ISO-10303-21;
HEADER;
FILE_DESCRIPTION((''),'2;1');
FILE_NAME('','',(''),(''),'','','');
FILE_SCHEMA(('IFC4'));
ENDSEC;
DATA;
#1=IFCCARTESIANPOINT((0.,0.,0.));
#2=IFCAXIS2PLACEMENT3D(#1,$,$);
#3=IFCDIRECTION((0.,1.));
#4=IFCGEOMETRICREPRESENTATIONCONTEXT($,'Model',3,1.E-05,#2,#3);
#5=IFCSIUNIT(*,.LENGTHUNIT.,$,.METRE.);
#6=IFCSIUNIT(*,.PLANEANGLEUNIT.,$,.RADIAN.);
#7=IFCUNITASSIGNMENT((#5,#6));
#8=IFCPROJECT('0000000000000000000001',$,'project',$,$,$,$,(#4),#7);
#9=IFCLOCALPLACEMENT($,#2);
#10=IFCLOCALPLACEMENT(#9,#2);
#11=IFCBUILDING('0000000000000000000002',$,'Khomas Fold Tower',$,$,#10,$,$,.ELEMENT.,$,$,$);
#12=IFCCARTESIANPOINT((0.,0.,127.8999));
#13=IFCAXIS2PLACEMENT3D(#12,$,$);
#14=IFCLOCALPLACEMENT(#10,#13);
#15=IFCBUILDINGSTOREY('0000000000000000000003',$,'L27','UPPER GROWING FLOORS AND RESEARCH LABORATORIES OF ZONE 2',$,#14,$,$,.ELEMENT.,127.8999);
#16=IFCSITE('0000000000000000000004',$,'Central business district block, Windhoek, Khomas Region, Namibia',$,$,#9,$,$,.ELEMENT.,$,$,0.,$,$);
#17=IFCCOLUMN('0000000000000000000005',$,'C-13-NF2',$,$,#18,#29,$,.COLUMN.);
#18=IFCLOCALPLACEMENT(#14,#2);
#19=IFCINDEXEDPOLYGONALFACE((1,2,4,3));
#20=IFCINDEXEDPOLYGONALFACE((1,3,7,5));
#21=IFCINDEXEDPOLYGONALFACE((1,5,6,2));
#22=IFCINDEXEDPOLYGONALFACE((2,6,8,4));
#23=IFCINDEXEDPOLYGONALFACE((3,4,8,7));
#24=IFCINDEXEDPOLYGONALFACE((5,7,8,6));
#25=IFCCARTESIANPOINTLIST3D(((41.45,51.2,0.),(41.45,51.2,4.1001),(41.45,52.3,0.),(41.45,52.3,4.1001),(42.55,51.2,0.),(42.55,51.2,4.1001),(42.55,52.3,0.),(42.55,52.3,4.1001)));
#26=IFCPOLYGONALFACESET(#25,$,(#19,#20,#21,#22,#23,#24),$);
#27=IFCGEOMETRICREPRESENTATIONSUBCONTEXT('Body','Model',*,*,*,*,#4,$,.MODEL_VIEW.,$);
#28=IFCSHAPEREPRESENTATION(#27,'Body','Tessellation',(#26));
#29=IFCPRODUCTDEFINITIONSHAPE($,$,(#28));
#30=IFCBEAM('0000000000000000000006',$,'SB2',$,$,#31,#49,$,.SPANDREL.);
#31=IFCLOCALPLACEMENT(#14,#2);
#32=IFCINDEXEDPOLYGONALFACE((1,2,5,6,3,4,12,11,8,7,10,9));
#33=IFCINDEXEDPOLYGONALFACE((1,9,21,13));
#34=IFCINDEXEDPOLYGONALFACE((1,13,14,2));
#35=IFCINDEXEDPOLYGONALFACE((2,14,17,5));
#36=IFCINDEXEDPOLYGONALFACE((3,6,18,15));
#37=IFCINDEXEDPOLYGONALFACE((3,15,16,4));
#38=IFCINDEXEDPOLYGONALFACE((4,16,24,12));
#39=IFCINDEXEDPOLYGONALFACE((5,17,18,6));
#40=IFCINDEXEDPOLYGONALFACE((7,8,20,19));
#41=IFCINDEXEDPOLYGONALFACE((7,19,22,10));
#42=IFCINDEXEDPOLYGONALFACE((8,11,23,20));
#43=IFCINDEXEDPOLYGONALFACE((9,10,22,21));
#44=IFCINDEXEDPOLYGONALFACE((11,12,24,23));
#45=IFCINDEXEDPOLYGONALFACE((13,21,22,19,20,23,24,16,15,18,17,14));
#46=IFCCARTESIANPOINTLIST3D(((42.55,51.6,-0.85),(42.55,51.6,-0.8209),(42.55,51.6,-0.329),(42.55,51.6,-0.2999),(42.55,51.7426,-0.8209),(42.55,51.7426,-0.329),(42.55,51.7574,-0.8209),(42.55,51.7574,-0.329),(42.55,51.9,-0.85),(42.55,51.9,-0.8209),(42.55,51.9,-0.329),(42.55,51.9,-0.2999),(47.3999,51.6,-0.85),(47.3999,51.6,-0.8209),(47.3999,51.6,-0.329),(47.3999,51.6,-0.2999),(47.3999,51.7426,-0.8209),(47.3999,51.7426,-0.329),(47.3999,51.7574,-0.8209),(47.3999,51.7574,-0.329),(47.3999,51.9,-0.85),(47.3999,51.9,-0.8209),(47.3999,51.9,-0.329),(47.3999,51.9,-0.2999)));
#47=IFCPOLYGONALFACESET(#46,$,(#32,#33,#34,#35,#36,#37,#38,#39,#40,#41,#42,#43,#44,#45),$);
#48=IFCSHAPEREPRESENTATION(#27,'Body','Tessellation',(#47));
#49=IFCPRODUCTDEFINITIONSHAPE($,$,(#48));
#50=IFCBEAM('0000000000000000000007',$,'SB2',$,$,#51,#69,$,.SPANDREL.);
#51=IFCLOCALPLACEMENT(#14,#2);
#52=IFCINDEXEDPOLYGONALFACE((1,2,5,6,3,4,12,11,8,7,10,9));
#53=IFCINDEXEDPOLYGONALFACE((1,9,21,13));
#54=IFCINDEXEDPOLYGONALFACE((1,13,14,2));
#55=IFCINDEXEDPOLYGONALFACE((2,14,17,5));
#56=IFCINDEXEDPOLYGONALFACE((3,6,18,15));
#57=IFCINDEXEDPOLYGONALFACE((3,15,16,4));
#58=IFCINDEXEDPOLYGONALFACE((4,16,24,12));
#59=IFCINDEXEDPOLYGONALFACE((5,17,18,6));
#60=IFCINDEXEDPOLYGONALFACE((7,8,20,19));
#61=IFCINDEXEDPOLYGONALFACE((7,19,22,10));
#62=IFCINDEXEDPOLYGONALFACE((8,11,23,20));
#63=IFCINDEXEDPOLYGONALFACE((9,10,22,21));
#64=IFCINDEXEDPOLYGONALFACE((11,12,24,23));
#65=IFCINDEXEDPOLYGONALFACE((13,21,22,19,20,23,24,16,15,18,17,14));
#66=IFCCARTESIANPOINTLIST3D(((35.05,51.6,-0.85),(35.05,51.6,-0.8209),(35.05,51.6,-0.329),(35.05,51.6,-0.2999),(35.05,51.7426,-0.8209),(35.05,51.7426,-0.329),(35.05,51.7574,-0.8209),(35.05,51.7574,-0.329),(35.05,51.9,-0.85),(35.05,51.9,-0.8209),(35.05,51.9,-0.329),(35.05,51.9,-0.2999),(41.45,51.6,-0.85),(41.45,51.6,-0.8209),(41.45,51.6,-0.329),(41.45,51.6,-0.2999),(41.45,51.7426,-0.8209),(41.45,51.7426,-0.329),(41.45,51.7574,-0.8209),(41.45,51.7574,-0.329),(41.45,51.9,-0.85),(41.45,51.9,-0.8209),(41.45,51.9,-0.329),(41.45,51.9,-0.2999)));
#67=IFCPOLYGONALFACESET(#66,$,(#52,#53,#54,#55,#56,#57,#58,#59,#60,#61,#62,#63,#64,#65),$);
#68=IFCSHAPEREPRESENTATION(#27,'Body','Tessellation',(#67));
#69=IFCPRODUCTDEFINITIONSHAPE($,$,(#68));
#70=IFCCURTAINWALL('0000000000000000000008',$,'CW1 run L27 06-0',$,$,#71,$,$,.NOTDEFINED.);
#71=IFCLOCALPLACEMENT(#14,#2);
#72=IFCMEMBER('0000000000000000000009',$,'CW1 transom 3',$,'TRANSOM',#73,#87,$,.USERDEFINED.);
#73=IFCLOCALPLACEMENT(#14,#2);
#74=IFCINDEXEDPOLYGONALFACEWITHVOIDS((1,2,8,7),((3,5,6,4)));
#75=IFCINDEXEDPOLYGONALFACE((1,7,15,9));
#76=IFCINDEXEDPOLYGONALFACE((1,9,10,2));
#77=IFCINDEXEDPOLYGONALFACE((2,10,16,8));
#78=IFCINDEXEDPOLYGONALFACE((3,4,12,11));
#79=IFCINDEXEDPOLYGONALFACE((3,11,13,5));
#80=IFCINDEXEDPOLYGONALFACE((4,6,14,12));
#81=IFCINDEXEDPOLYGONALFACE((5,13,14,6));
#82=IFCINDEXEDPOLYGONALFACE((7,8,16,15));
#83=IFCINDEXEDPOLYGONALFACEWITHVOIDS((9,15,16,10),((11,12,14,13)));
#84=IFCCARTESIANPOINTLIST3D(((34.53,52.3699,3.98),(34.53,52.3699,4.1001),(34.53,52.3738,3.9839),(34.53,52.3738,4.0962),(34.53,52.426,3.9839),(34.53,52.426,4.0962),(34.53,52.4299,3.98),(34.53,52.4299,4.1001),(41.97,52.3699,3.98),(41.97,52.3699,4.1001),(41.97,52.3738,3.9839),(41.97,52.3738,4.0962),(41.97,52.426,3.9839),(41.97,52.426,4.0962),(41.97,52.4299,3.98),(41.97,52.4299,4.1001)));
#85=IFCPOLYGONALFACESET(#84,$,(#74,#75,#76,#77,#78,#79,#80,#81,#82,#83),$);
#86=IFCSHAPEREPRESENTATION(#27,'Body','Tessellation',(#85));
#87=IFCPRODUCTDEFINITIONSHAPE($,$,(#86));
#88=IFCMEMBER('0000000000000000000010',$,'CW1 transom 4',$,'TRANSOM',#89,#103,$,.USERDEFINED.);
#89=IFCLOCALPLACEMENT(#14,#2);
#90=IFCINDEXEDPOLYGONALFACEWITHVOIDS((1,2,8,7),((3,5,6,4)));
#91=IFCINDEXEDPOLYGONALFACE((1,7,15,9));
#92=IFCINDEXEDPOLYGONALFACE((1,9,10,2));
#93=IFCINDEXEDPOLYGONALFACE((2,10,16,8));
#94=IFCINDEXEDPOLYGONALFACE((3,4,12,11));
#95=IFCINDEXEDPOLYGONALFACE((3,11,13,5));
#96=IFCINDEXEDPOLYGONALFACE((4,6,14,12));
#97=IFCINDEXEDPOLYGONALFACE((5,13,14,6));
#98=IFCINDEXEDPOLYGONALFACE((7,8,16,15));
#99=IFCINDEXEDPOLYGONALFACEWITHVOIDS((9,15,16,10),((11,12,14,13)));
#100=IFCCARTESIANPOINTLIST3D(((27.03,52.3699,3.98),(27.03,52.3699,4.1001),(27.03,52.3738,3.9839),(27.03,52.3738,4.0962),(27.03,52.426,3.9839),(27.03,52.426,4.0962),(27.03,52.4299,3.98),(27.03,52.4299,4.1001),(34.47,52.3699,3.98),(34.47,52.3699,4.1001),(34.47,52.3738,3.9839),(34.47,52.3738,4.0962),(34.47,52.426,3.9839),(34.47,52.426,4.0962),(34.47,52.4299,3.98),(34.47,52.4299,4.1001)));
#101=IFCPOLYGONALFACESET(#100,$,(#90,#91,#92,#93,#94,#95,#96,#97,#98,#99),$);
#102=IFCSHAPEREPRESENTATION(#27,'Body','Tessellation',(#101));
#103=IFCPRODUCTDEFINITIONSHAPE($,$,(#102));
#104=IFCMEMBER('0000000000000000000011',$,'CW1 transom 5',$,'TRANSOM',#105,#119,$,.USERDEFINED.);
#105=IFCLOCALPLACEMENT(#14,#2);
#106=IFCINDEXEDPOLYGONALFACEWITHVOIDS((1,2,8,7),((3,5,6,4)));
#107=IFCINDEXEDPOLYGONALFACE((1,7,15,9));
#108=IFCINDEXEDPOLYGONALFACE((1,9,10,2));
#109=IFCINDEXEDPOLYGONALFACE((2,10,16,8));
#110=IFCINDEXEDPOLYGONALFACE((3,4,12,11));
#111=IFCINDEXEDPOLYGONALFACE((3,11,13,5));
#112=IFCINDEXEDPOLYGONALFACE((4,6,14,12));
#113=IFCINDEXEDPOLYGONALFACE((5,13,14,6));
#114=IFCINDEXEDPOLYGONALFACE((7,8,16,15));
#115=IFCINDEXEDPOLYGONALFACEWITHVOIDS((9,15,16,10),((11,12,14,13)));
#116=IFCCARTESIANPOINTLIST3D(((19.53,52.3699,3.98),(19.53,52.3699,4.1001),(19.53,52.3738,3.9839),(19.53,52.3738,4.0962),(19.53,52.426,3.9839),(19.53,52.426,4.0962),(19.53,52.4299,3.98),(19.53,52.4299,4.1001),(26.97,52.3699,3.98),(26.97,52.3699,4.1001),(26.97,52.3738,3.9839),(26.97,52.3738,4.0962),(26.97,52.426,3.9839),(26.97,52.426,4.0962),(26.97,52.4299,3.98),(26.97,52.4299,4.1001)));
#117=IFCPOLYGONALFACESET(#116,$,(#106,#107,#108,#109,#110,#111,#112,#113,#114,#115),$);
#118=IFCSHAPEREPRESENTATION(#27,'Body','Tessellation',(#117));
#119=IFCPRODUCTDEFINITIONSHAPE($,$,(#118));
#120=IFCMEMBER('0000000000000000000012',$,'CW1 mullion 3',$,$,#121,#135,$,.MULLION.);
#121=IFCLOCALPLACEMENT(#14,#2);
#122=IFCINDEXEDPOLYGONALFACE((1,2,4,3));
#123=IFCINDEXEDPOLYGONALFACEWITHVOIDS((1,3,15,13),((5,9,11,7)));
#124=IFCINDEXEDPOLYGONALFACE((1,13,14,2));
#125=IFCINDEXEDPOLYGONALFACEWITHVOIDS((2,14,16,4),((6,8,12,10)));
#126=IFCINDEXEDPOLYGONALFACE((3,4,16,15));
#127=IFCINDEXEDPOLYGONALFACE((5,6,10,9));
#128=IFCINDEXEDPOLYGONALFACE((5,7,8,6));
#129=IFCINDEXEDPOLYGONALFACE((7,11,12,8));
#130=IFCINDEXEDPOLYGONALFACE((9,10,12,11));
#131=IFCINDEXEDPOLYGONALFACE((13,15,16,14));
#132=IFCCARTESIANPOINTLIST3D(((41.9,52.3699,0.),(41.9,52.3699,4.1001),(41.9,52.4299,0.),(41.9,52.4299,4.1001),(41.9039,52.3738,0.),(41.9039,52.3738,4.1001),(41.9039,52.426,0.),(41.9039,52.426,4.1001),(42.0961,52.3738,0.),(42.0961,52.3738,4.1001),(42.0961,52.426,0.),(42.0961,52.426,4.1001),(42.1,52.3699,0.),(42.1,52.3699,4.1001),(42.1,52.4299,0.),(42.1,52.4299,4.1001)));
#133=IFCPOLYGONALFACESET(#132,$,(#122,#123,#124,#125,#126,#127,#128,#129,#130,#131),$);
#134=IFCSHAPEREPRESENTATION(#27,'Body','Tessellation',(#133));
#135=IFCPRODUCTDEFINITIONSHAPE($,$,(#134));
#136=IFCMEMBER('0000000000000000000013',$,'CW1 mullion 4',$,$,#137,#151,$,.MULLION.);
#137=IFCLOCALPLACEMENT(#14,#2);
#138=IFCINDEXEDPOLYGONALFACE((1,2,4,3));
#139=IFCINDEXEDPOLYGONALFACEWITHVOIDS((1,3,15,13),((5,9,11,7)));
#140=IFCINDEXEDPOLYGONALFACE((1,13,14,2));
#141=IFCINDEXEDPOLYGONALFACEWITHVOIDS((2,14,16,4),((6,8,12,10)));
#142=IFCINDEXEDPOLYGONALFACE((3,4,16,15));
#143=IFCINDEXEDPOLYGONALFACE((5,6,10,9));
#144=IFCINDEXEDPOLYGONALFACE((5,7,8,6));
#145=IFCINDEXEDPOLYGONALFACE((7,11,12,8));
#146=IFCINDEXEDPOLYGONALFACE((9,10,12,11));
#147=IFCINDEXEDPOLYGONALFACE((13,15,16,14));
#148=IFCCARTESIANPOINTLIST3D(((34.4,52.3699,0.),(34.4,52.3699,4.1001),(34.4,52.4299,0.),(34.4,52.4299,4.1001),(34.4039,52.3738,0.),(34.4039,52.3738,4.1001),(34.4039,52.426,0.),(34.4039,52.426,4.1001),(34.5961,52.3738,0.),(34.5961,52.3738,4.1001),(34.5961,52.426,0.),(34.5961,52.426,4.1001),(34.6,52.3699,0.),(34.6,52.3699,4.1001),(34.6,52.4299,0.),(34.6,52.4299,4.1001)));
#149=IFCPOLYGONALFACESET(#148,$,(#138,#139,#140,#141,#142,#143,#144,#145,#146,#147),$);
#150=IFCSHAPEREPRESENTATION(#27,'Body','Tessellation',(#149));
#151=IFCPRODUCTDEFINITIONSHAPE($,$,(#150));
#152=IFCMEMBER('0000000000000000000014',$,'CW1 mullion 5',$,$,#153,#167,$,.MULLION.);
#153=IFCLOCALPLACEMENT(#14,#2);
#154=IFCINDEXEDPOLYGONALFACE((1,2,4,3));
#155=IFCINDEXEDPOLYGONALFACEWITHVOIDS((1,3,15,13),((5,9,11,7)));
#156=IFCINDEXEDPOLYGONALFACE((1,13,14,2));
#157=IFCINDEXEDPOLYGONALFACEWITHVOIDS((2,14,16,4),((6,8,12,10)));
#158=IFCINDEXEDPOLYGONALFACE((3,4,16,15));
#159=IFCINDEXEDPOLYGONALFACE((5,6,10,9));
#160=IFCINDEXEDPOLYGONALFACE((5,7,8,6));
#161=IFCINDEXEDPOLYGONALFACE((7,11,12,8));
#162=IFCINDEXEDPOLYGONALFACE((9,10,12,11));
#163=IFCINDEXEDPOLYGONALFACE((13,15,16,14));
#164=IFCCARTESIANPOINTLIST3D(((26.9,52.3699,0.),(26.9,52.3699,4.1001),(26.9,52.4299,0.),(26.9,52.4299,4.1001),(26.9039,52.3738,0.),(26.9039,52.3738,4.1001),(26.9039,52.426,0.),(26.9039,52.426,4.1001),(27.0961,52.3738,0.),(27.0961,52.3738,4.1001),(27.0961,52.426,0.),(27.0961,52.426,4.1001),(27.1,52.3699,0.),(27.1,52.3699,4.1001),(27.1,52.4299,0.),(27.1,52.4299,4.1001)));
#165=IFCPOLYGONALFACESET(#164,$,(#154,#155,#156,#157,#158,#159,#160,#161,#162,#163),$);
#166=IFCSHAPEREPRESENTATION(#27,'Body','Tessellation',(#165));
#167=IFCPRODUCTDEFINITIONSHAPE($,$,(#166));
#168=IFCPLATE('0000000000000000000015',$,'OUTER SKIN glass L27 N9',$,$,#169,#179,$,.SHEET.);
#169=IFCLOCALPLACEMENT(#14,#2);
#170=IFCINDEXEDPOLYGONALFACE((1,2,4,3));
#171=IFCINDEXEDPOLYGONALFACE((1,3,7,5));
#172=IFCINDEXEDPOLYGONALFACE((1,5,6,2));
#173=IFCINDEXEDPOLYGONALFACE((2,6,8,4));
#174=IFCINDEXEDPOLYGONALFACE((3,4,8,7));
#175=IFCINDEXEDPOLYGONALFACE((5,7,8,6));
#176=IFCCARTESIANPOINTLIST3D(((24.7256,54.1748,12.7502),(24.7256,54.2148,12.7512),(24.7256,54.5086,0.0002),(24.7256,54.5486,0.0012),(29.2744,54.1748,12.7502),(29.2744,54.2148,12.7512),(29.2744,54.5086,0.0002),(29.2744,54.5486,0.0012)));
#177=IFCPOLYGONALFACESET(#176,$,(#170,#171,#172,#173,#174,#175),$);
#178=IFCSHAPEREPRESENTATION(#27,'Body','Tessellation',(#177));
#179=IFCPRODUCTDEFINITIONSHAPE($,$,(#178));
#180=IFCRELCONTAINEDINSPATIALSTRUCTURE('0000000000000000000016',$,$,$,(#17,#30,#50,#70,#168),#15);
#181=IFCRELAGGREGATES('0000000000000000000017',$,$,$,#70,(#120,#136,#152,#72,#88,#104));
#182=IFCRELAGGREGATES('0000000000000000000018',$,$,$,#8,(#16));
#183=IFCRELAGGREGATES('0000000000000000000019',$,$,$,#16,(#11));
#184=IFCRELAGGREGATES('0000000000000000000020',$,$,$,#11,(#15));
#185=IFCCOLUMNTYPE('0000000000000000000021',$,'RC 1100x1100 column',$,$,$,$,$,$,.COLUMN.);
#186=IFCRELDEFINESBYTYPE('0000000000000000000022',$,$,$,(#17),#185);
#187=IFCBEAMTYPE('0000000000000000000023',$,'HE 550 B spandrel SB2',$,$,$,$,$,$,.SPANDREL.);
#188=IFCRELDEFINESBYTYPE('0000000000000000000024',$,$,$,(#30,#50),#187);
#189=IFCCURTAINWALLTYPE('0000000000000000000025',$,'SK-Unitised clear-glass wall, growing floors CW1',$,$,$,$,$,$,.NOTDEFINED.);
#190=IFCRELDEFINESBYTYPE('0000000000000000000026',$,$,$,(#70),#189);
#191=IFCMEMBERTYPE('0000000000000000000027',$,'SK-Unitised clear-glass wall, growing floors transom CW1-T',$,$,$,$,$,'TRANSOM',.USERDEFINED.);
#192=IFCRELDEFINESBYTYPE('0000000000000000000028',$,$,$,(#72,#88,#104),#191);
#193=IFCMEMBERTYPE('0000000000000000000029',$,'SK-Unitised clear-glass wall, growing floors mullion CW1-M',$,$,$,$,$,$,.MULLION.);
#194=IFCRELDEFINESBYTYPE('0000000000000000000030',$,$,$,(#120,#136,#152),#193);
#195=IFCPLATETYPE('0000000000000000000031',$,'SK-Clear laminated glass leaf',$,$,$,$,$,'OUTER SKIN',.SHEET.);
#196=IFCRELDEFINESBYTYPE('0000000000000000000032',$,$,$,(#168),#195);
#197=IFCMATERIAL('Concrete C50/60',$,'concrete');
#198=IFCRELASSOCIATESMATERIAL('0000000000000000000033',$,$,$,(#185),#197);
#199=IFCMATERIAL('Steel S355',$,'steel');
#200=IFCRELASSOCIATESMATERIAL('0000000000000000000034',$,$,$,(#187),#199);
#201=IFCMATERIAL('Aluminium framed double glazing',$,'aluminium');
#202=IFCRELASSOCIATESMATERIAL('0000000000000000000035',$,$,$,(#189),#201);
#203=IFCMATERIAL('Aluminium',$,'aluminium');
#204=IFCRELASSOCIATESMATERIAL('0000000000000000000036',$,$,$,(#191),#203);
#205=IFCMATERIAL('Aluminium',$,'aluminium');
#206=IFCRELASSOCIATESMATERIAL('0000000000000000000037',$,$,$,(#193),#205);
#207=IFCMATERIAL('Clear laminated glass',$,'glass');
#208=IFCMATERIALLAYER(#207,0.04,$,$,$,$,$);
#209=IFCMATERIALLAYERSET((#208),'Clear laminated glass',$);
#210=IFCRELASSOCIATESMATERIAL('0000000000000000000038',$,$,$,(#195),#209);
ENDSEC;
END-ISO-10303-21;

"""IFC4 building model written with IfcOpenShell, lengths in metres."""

from ifc_helpers import new_model, si_unit, direction, frame, origin, origin_2d, place, context, subcontext, project, spatial, polyline, rectangle, hollow_rectangle, i_section, outline, extrude, source, transform, mapped, material, layer, layer_set, material_profile, profile_set, type_object, element, aggregate, save


model = new_model("IFC4")

# Units and contexts
model_context = context("Model", 3, precision=1e-05, world=origin(), true_north=direction((0.0, 1.0)))
body_context = subcontext(model_context, "Body", "Model", "MODEL_VIEW")
ifc_project = project(units=[si_unit("LENGTHUNIT", "METRE"), si_unit("PLANEANGLEUNIT", "RADIAN")], contexts=[model_context])

# Site, building, storey
site_placement = place(None, origin())
site = spatial("IfcSite", under=ifc_project, at=site_placement, Name="Central business district block, Windhoek, Khomas Region, Namibia", CompositionType="ELEMENT", RefElevation=0.0)
building_placement = place(site_placement, origin())
building = spatial("IfcBuilding", under=site, at=building_placement, Name="Khomas Fold Tower", CompositionType="ELEMENT")
storey_placement = place(building_placement, frame((0.0, 0.0, 127.8999)))
storey = spatial("IfcBuildingStorey", under=building, at=storey_placement, Name="L27", Description="UPPER GROWING FLOORS AND RESEARCH LABORATORIES OF ZONE 2", CompositionType="ELEMENT", Elevation=127.8999)

# Column
ifc_material_1 = material(Name="Concrete C50/60", Category="concrete")
ifc_material_profile_1 = material_profile(ifc_material_1, rectangle(XDim=1.1001, YDim=1.1001, at=origin_2d()), Name="RC 1100x1100")
ifc_profile_set_1 = profile_set([ifc_material_profile_1], Name="Concrete C50/60")
column_type = type_object("IfcColumnType", Name="RC 1100x1100 column", PredefinedType="COLUMN", material=ifc_profile_set_1)
shared_shape_1 = source(origin(), body_context, "Body", "SweptSolid", [
    extrude(rectangle(XDim=1.1001, YDim=1.1001, at=origin_2d()), origin(), (0.0, 0.0, 1.0), 4.1001),
])
column_placement = place(storey_placement, frame((42.0, 51.75, 0.0), z_axis=(0.0, 0.0, 1.0), x_axis=(1.0, 0.0, 0.0)))
element("IfcColumn", 1, at=column_placement, inside=storey, type_object=column_type, Name="C-13-NF2", PredefinedType="COLUMN", context=body_context, shape_type="MappedRepresentation", body=[
    mapped(shared_shape_1, transform((0.0, 0.0, 0.0))),
])

# Beams
ifc_material_2 = material(Name="Steel S355", Category="steel")
ifc_material_profile_2 = material_profile(ifc_material_2, i_section(OverallWidth=0.3, OverallDepth=0.55, WebThickness=0.0149, FlangeThickness=0.0291, at=origin_2d()), Name="HE 550 B")
ifc_profile_set_2 = profile_set([ifc_material_profile_2], Name="Steel S355")
beam_type = type_object("IfcBeamType", Name="HE 550 B spandrel SB2", PredefinedType="SPANDREL", material=ifc_profile_set_2)
shared_shape_2 = source(origin(), body_context, "Body", "SweptSolid", [
    extrude(i_section(OverallWidth=0.3, OverallDepth=0.55, WebThickness=0.0149, FlangeThickness=0.0291, at=origin_2d()), origin(), (0.0, 0.0, 1.0), 4.8499),
])
beam_1_placement = place(storey_placement, frame((42.55, 51.75, -0.575), z_axis=(1.0, 0.0, 0.0), x_axis=(0.0, 1.0, 0.0)))
element("IfcBeam", 2, at=beam_1_placement, inside=storey, type_object=beam_type, Name="SB2", PredefinedType="SPANDREL", context=body_context, shape_type="MappedRepresentation", body=[
    mapped(shared_shape_2, transform((0.0, 0.0, 0.0))),
])
shared_shape_3 = source(origin(), body_context, "Body", "SweptSolid", [
    extrude(i_section(OverallWidth=0.3, OverallDepth=0.55, WebThickness=0.0149, FlangeThickness=0.0291, at=origin_2d()), origin(), (0.0, 0.0, 1.0), 6.3999),
])
beam_2_placement = place(storey_placement, frame((35.05, 51.75, -0.575), z_axis=(1.0, 0.0, 0.0), x_axis=(0.0, 1.0, 0.0)))
element("IfcBeam", 3, at=beam_2_placement, inside=storey, type_object=beam_type, Name="SB2", PredefinedType="SPANDREL", context=body_context, shape_type="MappedRepresentation", body=[
    mapped(shared_shape_3, transform((0.0, 0.0, 0.0))),
])

# Curtain wall, members
ifc_material_3 = material(Name="Aluminium framed double glazing", Category="aluminium")
curtain_wall_type = type_object("IfcCurtainWallType", Name="SK-Unitised clear-glass wall, growing floors CW1", PredefinedType="NOTDEFINED", material=ifc_material_3)
curtain_wall_placement = place(storey_placement, origin())
curtain_wall = element("IfcCurtainWall", 4, at=curtain_wall_placement, inside=storey, type_object=curtain_wall_type, Name="CW1 run L27 06-0", PredefinedType="NOTDEFINED")
ifc_material_4 = material(Name="Aluminium", Category="aluminium")
ifc_material_profile_3 = material_profile(ifc_material_4, hollow_rectangle(XDim=0.0601, YDim=0.1201, WallThickness=0.0039, at=origin_2d()), Name="SK-Unitised clear-glass wall, growing floors transom CW1-T")
ifc_profile_set_3 = profile_set([ifc_material_profile_3], Name="Aluminium")
member_type_1 = type_object("IfcMemberType", Name="SK-Unitised clear-glass wall, growing floors transom CW1-T", ElementType="TRANSOM", PredefinedType="USERDEFINED", material=ifc_profile_set_3)
shared_shape_4 = source(origin(), body_context, "Body", "SweptSolid", [
    extrude(hollow_rectangle(XDim=0.0601, YDim=0.1201, WallThickness=0.0039, at=origin_2d()), origin(), (0.0, 0.0, 1.0), 7.4399),
])
member_1_placement = place(storey_placement, frame((41.97, 52.3999, 4.04), z_axis=(-1.0, 0.0, 0.0), x_axis=(0.0, -1.0, 0.0)))
member_1 = element("IfcMember", 5, at=member_1_placement, type_object=member_type_1, Name="CW1 transom 3", ObjectType="TRANSOM", PredefinedType="USERDEFINED", context=body_context, shape_type="MappedRepresentation", body=[
    mapped(shared_shape_4, transform((0.0, 0.0, 0.0))),
])
member_2_placement = place(storey_placement, frame((34.47, 52.3999, 4.04), z_axis=(-1.0, 0.0, 0.0), x_axis=(0.0, -1.0, 0.0)))
member_2 = element("IfcMember", 6, at=member_2_placement, type_object=member_type_1, Name="CW1 transom 4", ObjectType="TRANSOM", PredefinedType="USERDEFINED", context=body_context, shape_type="MappedRepresentation", body=[
    mapped(shared_shape_4, transform((0.0, 0.0, 0.0))),
])
member_3_placement = place(storey_placement, frame((26.97, 52.3999, 4.04), z_axis=(-1.0, 0.0, 0.0), x_axis=(0.0, -1.0, 0.0)))
member_3 = element("IfcMember", 7, at=member_3_placement, type_object=member_type_1, Name="CW1 transom 5", ObjectType="TRANSOM", PredefinedType="USERDEFINED", context=body_context, shape_type="MappedRepresentation", body=[
    mapped(shared_shape_4, transform((0.0, 0.0, 0.0))),
])
ifc_material_5 = material(Name="Aluminium", Category="aluminium")
ifc_material_profile_4 = material_profile(ifc_material_5, hollow_rectangle(XDim=0.0601, YDim=0.2, WallThickness=0.0039, at=origin_2d()), Name="SK-Unitised clear-glass wall, growing floors mullion CW1-M")
ifc_profile_set_4 = profile_set([ifc_material_profile_4], Name="Aluminium")
member_type_2 = type_object("IfcMemberType", Name="SK-Unitised clear-glass wall, growing floors mullion CW1-M", PredefinedType="MULLION", material=ifc_profile_set_4)
shared_shape_5 = source(origin(), body_context, "Body", "SweptSolid", [
    extrude(hollow_rectangle(XDim=0.0601, YDim=0.2, WallThickness=0.0039, at=origin_2d()), origin(), (0.0, 0.0, 1.0), 4.1001),
])
member_4_placement = place(storey_placement, frame((42.0, 52.3999, 0.0), z_axis=(0.0, 0.0, 1.0), x_axis=(0.0, -1.0, 0.0)))
member_4 = element("IfcMember", 8, at=member_4_placement, type_object=member_type_2, Name="CW1 mullion 3", PredefinedType="MULLION", context=body_context, shape_type="MappedRepresentation", body=[
    mapped(shared_shape_5, transform((0.0, 0.0, 0.0))),
])
member_5_placement = place(storey_placement, frame((34.5, 52.3999, 0.0), z_axis=(0.0, 0.0, 1.0), x_axis=(0.0, -1.0, 0.0)))
member_5 = element("IfcMember", 9, at=member_5_placement, type_object=member_type_2, Name="CW1 mullion 4", PredefinedType="MULLION", context=body_context, shape_type="MappedRepresentation", body=[
    mapped(shared_shape_5, transform((0.0, 0.0, 0.0))),
])
member_6_placement = place(storey_placement, frame((27.0, 52.3999, 0.0), z_axis=(0.0, 0.0, 1.0), x_axis=(0.0, -1.0, 0.0)))
member_6 = element("IfcMember", 10, at=member_6_placement, type_object=member_type_2, Name="CW1 mullion 5", PredefinedType="MULLION", context=body_context, shape_type="MappedRepresentation", body=[
    mapped(shared_shape_5, transform((0.0, 0.0, 0.0))),
])

# Plate
ifc_material_6 = material(Name="Clear laminated glass", Category="glass")
ifc_layer_1 = layer(ifc_material_6, 0.04)
ifc_layer_set_1 = layer_set([ifc_layer_1], Name="Clear laminated glass")
plate_type_1 = type_object("IfcPlateType", Name="SK-Clear laminated glass leaf", ElementType="OUTER SKIN", PredefinedType="SHEET", material=ifc_layer_set_1)
for number, where, z_axis, x_axis, name in (
    (11, (24.7256, 54.5486, 0.0012), (0.0, 0.999658, 0.026167), (1.0, 0.0, 0.0), "OUTER SKIN glass L27 N9"),
):
    element("IfcPlate", number, at=place(storey_placement, frame(where, z_axis=z_axis, x_axis=x_axis)), inside=storey, type_object=plate_type_1, Name=name, PredefinedType="SHEET", context=body_context, shape_type="SweptSolid", body=[
        extrude(outline(polyline([(0.0, 0.0), (4.5488, 0.0), (4.5488, -12.7544), (0.0, -12.7544), (0.0, 0.0)])), origin(), (0.0, 0.0, -1.0), 0.04),
    ])

aggregate(curtain_wall, [member_4, member_5, member_6, member_1, member_2, member_3])

save(model, "model.ifc")
